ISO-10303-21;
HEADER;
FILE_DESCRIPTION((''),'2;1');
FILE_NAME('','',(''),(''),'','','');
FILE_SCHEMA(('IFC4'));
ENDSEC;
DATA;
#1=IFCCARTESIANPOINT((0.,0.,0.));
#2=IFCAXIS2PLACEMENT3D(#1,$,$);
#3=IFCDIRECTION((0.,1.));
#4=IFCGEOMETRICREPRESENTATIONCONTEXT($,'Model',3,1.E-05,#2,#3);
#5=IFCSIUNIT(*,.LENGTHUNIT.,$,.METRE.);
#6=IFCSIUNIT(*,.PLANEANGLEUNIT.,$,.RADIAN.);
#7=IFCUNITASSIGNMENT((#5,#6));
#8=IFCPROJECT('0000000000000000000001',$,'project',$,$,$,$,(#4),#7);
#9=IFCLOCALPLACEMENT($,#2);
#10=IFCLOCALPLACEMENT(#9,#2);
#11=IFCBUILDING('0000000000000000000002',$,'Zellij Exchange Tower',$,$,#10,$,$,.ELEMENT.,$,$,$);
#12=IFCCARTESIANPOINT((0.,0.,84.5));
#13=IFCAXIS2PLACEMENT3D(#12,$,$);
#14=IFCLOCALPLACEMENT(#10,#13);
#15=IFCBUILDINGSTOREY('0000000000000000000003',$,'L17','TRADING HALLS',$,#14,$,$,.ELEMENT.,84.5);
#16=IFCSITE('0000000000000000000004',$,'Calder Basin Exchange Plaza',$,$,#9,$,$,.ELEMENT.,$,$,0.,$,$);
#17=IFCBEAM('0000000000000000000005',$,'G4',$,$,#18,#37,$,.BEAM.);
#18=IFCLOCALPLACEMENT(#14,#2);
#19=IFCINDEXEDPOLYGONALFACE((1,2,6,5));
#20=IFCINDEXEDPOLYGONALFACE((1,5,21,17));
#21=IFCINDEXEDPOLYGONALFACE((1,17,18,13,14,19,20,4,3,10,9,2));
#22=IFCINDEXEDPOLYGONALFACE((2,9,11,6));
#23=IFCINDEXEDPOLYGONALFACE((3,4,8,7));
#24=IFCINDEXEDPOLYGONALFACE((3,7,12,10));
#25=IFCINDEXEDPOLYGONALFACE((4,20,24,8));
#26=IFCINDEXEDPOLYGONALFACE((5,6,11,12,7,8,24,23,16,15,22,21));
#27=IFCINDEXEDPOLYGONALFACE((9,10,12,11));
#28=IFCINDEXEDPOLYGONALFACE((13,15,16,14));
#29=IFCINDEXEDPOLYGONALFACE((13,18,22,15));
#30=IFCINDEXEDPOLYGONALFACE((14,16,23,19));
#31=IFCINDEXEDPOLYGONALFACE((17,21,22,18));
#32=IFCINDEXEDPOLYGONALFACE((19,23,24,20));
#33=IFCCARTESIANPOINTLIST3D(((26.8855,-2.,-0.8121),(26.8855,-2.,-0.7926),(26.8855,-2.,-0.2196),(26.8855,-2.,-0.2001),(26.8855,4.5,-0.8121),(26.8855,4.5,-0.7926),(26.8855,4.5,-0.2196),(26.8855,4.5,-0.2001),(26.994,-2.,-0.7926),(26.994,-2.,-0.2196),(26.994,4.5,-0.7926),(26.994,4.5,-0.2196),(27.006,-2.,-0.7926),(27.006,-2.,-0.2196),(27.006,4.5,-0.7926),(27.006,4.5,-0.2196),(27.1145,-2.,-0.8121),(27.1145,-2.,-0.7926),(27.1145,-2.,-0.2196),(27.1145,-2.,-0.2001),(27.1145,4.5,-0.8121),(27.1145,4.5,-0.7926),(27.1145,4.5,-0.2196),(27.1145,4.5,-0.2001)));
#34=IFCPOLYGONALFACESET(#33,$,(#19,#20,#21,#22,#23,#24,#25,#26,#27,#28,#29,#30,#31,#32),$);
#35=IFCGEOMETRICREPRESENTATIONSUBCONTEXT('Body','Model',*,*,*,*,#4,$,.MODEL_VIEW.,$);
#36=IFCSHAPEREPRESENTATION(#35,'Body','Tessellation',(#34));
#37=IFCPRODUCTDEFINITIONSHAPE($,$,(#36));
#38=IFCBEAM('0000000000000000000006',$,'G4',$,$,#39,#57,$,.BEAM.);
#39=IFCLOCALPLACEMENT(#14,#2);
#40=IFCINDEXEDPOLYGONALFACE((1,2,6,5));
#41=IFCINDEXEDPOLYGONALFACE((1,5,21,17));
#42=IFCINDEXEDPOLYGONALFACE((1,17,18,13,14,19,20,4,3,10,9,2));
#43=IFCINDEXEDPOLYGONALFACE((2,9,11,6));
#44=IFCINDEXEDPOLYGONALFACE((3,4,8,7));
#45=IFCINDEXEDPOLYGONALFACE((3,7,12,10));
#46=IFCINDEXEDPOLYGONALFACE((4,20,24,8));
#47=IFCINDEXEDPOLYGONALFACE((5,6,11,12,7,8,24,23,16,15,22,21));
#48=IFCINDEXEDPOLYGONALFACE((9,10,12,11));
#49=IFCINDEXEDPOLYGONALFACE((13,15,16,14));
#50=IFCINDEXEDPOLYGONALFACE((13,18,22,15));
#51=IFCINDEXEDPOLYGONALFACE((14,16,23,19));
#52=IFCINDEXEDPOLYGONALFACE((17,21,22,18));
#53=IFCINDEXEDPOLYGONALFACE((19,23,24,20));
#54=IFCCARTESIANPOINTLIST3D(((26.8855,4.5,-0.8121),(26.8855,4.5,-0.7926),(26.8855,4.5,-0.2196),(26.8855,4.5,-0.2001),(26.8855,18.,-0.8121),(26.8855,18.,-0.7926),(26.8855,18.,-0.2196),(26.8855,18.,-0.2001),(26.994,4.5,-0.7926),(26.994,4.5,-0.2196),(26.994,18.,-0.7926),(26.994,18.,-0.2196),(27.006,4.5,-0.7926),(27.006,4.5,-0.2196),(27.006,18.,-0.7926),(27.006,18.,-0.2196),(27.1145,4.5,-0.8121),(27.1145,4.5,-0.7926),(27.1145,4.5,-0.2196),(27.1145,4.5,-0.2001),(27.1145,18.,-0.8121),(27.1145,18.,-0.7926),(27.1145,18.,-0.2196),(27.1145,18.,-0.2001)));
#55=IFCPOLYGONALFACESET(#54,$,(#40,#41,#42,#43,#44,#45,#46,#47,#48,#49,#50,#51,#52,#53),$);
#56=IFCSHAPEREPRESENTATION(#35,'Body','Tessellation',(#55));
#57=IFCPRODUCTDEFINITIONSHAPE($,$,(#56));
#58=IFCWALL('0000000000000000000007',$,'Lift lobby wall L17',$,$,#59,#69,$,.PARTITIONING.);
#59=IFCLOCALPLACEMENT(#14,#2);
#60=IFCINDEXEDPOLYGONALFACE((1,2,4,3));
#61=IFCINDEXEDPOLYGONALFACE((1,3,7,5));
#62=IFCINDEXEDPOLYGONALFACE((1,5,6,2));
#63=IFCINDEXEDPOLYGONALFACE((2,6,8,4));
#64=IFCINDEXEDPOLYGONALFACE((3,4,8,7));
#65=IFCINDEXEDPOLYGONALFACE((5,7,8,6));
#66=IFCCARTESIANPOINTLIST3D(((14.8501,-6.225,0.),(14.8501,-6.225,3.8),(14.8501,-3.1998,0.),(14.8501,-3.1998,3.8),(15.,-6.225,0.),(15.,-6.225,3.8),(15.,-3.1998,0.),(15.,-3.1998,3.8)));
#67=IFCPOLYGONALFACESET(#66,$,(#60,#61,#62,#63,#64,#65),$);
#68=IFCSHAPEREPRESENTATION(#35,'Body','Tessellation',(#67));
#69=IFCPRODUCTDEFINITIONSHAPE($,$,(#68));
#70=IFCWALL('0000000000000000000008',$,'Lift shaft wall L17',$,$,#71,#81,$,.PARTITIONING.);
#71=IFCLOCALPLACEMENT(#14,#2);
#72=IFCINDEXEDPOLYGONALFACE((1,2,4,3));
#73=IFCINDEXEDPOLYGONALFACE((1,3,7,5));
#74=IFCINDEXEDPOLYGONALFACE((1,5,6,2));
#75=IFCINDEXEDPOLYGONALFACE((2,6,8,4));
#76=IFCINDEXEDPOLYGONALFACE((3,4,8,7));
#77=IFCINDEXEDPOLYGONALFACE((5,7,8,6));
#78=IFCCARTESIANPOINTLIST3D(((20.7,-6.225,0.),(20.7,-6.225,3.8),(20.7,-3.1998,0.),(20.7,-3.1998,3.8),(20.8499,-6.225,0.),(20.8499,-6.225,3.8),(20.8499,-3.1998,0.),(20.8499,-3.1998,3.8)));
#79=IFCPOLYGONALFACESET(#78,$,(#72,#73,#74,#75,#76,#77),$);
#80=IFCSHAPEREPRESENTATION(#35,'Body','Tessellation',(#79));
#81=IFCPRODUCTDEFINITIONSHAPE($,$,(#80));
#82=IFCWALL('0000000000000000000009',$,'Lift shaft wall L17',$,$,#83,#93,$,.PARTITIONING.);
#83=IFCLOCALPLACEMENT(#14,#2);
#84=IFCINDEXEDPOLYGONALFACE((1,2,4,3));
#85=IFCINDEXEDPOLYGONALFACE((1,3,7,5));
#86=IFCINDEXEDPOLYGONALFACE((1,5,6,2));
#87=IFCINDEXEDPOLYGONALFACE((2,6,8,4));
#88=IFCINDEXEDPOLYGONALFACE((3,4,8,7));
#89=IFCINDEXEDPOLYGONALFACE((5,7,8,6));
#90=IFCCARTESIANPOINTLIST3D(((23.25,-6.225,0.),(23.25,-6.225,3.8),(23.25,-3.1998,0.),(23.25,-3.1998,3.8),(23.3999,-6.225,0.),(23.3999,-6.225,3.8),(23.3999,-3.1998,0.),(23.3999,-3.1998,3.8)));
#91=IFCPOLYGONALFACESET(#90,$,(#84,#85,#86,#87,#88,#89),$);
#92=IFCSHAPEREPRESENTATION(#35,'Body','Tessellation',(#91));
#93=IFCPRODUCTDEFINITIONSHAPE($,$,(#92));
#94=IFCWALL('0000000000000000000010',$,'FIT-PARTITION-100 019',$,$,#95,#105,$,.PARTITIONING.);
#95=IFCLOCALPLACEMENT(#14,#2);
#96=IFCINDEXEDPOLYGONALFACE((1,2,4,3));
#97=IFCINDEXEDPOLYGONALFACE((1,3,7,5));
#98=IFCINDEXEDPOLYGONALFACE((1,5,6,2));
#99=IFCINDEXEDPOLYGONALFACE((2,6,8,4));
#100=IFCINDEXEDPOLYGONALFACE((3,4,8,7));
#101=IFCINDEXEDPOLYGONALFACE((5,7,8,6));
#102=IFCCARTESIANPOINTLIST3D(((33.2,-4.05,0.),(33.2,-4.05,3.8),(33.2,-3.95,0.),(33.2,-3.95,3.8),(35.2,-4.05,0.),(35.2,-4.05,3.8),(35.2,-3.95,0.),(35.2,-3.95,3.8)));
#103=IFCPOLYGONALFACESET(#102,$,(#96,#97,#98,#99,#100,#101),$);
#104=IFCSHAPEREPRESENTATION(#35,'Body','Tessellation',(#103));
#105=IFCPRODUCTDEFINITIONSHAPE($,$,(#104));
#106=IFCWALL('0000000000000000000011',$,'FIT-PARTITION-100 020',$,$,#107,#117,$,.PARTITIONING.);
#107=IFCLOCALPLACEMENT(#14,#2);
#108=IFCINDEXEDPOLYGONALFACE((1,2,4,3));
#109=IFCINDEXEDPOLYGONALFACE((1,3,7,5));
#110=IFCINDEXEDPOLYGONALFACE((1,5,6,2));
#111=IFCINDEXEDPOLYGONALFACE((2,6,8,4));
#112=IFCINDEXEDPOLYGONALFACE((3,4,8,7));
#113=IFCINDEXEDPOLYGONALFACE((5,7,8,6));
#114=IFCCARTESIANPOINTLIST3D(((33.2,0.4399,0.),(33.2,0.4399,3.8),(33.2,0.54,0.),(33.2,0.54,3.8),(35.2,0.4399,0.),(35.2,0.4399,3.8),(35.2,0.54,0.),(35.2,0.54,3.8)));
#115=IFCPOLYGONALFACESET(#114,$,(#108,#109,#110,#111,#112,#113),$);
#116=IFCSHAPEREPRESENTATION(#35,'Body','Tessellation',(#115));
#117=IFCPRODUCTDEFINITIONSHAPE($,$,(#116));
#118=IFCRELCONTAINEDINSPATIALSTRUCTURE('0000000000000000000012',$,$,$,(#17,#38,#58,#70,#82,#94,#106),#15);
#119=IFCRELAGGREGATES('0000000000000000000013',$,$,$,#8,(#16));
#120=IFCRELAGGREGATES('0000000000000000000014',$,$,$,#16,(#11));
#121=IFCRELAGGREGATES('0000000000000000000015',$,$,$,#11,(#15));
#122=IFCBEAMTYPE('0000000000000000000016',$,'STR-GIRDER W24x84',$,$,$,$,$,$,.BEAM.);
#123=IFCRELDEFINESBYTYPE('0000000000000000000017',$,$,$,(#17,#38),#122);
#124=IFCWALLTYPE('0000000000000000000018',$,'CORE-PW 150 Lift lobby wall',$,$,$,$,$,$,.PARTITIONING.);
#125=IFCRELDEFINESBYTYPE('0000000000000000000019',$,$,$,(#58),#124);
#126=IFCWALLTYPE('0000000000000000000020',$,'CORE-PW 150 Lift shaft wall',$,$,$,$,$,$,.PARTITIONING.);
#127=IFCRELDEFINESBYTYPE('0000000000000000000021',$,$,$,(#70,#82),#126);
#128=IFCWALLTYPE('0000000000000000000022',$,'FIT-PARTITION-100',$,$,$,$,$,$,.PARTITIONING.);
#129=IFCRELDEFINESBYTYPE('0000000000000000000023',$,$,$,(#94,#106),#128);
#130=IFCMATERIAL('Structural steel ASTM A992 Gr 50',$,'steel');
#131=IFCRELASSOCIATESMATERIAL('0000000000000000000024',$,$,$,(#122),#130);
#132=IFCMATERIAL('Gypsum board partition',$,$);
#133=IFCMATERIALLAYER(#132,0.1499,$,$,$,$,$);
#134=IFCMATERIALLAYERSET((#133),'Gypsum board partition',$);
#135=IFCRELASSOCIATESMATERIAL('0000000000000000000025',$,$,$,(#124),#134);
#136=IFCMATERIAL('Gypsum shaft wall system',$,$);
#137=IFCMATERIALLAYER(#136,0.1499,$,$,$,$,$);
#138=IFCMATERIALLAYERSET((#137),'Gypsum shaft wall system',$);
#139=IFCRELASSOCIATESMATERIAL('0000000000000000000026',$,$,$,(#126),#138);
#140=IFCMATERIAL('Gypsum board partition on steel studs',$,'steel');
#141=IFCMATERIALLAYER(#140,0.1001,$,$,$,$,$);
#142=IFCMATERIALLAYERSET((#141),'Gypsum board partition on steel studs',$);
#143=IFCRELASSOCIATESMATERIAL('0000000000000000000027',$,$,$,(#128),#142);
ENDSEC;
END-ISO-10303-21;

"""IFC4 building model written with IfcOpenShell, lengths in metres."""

from ifc_helpers import new_model, si_unit, direction, frame, frame_2d, origin, origin_2d, place, context, subcontext, project, spatial, rectangle, i_section, extrude, material, layer, layer_set, material_profile, profile_set, type_object, element, save


model = new_model("IFC4")

# Units and contexts
model_context = context("Model", 3, precision=1e-05, world=origin(), true_north=direction((0.0, 1.0)))
body_context = subcontext(model_context, "Body", "Model", "MODEL_VIEW")
ifc_project = project(units=[si_unit("LENGTHUNIT", "METRE"), si_unit("PLANEANGLEUNIT", "RADIAN")], contexts=[model_context])

# Site, building, storey
site_placement = place(None, origin())
site = spatial("IfcSite", under=ifc_project, at=site_placement, Name="Calder Basin Exchange Plaza", CompositionType="ELEMENT", RefElevation=0.0)
building_placement = place(site_placement, origin())
building = spatial("IfcBuilding", under=site, at=building_placement, Name="Zellij Exchange Tower", CompositionType="ELEMENT")
storey_placement = place(building_placement, frame((0.0, 0.0, 84.5)))
storey = spatial("IfcBuildingStorey", under=building, at=storey_placement, Name="L17", Description="TRADING HALLS", CompositionType="ELEMENT", Elevation=84.5)

# Beams
ifc_material_1 = material(Name="Structural steel ASTM A992 Gr 50", Category="steel")
ifc_material_profile_1 = material_profile(ifc_material_1, i_section(OverallWidth=0.229, OverallDepth=0.6121, WebThickness=0.012, FlangeThickness=0.0195, at=origin_2d()), Name="W24x84")
ifc_profile_set_1 = profile_set([ifc_material_profile_1], Name="Structural steel ASTM A992 Gr 50")
beam_type_1 = type_object("IfcBeamType", Name="STR-GIRDER W24x84", PredefinedType="BEAM", material=ifc_profile_set_1)
beam_1_placement = place(storey_placement, frame((27.0, -2.0, -0.5061), z_axis=(0.0, 1.0, 0.0), x_axis=(-1.0, 0.0, 0.0)))
element("IfcBeam", 1, at=beam_1_placement, inside=storey, type_object=beam_type_1, Name="G4", PredefinedType="BEAM", context=body_context, shape_type="SweptSolid", body=[
    extrude(i_section(OverallWidth=0.229, OverallDepth=0.6121, WebThickness=0.012, FlangeThickness=0.0195, at=origin_2d()), origin(), (0.0, 0.0, 1.0), 6.5),
])
beam_2_placement = place(storey_placement, frame((27.0, 4.5, -0.5061), z_axis=(0.0, 1.0, 0.0), x_axis=(-1.0, 0.0, 0.0)))
element("IfcBeam", 2, at=beam_2_placement, inside=storey, type_object=beam_type_1, Name="G4", PredefinedType="BEAM", context=body_context, shape_type="SweptSolid", body=[
    extrude(i_section(OverallWidth=0.229, OverallDepth=0.6121, WebThickness=0.012, FlangeThickness=0.0195, at=origin_2d()), origin(), (0.0, 0.0, 1.0), 13.5),
])

# Walls
ifc_material_2 = material(Name="Gypsum board partition")
ifc_layer_1 = layer(ifc_material_2, 0.1499)
ifc_layer_set_1 = layer_set([ifc_layer_1], Name="Gypsum board partition")
wall_type_1 = type_object("IfcWallType", Name="CORE-PW 150 Lift lobby wall", PredefinedType="PARTITIONING", material=ifc_layer_set_1)
wall_placement = place(storey_placement, frame((14.925, -6.2251, 0.0), z_axis=(0.0, 0.0, 1.0), x_axis=(0.0, 1.0, 0.0)))
element("IfcWall", 3, at=wall_placement, inside=storey, type_object=wall_type_1, Name="Lift lobby wall L17", PredefinedType="PARTITIONING", context=body_context, shape_type="SweptSolid", body=[
    extrude(rectangle(XDim=3.0251, YDim=0.1499, at=frame_2d((1.5127, 0.0))), origin(), (0.0, 0.0, 1.0), 3.8),
])
ifc_material_3 = material(Name="Gypsum shaft wall system")
ifc_layer_2 = layer(ifc_material_3, 0.1499)
ifc_layer_set_2 = layer_set([ifc_layer_2], Name="Gypsum shaft wall system")
wall_type_2 = type_object("IfcWallType", Name="CORE-PW 150 Lift shaft wall", PredefinedType="PARTITIONING", material=ifc_layer_set_2)
for number, where, z_axis, x_axis, name in (
    (4, (20.7749, -6.2251, 0.0), (0.0, 0.0, 1.0), (0.0, 1.0, 0.0), "Lift shaft wall L17"),
    (5, (23.325, -6.2251, 0.0), (0.0, 0.0, 1.0), (0.0, 1.0, 0.0), "Lift shaft wall L17"),
):
    element("IfcWall", number, at=place(storey_placement, frame(where, z_axis=z_axis, x_axis=x_axis)), inside=storey, type_object=wall_type_2, Name=name, PredefinedType="PARTITIONING", context=body_context, shape_type="SweptSolid", body=[
        extrude(rectangle(XDim=3.0251, YDim=0.1499, at=frame_2d((1.5127, 0.0))), origin(), (0.0, 0.0, 1.0), 3.8),
    ])
ifc_material_4 = material(Name="Gypsum board partition on steel studs", Category="steel")
ifc_layer_3 = layer(ifc_material_4, 0.1001)
ifc_layer_set_3 = layer_set([ifc_layer_3], Name="Gypsum board partition on steel studs")
wall_type_3 = type_object("IfcWallType", Name="FIT-PARTITION-100", PredefinedType="PARTITIONING", material=ifc_layer_set_3)
for number, where, z_axis, x_axis, name in (
    (6, (33.2, -4.0, 0.0), (0.0, 0.0, 1.0), (1.0, 0.0, 0.0), "FIT-PARTITION-100 019"),
    (7, (33.2, 0.49, 0.0), (0.0, 0.0, 1.0), (1.0, 0.0, 0.0), "FIT-PARTITION-100 020"),
):
    element("IfcWall", number, at=place(storey_placement, frame(where, z_axis=z_axis, x_axis=x_axis)), inside=storey, type_object=wall_type_3, Name=name, PredefinedType="PARTITIONING", context=body_context, shape_type="SweptSolid", body=[
        extrude(rectangle(XDim=2.0, YDim=0.1001, at=frame_2d((1.0, 0.0))), origin(), (0.0, 0.0, 1.0), 3.8),
    ])

save(model, "model.ifc")
